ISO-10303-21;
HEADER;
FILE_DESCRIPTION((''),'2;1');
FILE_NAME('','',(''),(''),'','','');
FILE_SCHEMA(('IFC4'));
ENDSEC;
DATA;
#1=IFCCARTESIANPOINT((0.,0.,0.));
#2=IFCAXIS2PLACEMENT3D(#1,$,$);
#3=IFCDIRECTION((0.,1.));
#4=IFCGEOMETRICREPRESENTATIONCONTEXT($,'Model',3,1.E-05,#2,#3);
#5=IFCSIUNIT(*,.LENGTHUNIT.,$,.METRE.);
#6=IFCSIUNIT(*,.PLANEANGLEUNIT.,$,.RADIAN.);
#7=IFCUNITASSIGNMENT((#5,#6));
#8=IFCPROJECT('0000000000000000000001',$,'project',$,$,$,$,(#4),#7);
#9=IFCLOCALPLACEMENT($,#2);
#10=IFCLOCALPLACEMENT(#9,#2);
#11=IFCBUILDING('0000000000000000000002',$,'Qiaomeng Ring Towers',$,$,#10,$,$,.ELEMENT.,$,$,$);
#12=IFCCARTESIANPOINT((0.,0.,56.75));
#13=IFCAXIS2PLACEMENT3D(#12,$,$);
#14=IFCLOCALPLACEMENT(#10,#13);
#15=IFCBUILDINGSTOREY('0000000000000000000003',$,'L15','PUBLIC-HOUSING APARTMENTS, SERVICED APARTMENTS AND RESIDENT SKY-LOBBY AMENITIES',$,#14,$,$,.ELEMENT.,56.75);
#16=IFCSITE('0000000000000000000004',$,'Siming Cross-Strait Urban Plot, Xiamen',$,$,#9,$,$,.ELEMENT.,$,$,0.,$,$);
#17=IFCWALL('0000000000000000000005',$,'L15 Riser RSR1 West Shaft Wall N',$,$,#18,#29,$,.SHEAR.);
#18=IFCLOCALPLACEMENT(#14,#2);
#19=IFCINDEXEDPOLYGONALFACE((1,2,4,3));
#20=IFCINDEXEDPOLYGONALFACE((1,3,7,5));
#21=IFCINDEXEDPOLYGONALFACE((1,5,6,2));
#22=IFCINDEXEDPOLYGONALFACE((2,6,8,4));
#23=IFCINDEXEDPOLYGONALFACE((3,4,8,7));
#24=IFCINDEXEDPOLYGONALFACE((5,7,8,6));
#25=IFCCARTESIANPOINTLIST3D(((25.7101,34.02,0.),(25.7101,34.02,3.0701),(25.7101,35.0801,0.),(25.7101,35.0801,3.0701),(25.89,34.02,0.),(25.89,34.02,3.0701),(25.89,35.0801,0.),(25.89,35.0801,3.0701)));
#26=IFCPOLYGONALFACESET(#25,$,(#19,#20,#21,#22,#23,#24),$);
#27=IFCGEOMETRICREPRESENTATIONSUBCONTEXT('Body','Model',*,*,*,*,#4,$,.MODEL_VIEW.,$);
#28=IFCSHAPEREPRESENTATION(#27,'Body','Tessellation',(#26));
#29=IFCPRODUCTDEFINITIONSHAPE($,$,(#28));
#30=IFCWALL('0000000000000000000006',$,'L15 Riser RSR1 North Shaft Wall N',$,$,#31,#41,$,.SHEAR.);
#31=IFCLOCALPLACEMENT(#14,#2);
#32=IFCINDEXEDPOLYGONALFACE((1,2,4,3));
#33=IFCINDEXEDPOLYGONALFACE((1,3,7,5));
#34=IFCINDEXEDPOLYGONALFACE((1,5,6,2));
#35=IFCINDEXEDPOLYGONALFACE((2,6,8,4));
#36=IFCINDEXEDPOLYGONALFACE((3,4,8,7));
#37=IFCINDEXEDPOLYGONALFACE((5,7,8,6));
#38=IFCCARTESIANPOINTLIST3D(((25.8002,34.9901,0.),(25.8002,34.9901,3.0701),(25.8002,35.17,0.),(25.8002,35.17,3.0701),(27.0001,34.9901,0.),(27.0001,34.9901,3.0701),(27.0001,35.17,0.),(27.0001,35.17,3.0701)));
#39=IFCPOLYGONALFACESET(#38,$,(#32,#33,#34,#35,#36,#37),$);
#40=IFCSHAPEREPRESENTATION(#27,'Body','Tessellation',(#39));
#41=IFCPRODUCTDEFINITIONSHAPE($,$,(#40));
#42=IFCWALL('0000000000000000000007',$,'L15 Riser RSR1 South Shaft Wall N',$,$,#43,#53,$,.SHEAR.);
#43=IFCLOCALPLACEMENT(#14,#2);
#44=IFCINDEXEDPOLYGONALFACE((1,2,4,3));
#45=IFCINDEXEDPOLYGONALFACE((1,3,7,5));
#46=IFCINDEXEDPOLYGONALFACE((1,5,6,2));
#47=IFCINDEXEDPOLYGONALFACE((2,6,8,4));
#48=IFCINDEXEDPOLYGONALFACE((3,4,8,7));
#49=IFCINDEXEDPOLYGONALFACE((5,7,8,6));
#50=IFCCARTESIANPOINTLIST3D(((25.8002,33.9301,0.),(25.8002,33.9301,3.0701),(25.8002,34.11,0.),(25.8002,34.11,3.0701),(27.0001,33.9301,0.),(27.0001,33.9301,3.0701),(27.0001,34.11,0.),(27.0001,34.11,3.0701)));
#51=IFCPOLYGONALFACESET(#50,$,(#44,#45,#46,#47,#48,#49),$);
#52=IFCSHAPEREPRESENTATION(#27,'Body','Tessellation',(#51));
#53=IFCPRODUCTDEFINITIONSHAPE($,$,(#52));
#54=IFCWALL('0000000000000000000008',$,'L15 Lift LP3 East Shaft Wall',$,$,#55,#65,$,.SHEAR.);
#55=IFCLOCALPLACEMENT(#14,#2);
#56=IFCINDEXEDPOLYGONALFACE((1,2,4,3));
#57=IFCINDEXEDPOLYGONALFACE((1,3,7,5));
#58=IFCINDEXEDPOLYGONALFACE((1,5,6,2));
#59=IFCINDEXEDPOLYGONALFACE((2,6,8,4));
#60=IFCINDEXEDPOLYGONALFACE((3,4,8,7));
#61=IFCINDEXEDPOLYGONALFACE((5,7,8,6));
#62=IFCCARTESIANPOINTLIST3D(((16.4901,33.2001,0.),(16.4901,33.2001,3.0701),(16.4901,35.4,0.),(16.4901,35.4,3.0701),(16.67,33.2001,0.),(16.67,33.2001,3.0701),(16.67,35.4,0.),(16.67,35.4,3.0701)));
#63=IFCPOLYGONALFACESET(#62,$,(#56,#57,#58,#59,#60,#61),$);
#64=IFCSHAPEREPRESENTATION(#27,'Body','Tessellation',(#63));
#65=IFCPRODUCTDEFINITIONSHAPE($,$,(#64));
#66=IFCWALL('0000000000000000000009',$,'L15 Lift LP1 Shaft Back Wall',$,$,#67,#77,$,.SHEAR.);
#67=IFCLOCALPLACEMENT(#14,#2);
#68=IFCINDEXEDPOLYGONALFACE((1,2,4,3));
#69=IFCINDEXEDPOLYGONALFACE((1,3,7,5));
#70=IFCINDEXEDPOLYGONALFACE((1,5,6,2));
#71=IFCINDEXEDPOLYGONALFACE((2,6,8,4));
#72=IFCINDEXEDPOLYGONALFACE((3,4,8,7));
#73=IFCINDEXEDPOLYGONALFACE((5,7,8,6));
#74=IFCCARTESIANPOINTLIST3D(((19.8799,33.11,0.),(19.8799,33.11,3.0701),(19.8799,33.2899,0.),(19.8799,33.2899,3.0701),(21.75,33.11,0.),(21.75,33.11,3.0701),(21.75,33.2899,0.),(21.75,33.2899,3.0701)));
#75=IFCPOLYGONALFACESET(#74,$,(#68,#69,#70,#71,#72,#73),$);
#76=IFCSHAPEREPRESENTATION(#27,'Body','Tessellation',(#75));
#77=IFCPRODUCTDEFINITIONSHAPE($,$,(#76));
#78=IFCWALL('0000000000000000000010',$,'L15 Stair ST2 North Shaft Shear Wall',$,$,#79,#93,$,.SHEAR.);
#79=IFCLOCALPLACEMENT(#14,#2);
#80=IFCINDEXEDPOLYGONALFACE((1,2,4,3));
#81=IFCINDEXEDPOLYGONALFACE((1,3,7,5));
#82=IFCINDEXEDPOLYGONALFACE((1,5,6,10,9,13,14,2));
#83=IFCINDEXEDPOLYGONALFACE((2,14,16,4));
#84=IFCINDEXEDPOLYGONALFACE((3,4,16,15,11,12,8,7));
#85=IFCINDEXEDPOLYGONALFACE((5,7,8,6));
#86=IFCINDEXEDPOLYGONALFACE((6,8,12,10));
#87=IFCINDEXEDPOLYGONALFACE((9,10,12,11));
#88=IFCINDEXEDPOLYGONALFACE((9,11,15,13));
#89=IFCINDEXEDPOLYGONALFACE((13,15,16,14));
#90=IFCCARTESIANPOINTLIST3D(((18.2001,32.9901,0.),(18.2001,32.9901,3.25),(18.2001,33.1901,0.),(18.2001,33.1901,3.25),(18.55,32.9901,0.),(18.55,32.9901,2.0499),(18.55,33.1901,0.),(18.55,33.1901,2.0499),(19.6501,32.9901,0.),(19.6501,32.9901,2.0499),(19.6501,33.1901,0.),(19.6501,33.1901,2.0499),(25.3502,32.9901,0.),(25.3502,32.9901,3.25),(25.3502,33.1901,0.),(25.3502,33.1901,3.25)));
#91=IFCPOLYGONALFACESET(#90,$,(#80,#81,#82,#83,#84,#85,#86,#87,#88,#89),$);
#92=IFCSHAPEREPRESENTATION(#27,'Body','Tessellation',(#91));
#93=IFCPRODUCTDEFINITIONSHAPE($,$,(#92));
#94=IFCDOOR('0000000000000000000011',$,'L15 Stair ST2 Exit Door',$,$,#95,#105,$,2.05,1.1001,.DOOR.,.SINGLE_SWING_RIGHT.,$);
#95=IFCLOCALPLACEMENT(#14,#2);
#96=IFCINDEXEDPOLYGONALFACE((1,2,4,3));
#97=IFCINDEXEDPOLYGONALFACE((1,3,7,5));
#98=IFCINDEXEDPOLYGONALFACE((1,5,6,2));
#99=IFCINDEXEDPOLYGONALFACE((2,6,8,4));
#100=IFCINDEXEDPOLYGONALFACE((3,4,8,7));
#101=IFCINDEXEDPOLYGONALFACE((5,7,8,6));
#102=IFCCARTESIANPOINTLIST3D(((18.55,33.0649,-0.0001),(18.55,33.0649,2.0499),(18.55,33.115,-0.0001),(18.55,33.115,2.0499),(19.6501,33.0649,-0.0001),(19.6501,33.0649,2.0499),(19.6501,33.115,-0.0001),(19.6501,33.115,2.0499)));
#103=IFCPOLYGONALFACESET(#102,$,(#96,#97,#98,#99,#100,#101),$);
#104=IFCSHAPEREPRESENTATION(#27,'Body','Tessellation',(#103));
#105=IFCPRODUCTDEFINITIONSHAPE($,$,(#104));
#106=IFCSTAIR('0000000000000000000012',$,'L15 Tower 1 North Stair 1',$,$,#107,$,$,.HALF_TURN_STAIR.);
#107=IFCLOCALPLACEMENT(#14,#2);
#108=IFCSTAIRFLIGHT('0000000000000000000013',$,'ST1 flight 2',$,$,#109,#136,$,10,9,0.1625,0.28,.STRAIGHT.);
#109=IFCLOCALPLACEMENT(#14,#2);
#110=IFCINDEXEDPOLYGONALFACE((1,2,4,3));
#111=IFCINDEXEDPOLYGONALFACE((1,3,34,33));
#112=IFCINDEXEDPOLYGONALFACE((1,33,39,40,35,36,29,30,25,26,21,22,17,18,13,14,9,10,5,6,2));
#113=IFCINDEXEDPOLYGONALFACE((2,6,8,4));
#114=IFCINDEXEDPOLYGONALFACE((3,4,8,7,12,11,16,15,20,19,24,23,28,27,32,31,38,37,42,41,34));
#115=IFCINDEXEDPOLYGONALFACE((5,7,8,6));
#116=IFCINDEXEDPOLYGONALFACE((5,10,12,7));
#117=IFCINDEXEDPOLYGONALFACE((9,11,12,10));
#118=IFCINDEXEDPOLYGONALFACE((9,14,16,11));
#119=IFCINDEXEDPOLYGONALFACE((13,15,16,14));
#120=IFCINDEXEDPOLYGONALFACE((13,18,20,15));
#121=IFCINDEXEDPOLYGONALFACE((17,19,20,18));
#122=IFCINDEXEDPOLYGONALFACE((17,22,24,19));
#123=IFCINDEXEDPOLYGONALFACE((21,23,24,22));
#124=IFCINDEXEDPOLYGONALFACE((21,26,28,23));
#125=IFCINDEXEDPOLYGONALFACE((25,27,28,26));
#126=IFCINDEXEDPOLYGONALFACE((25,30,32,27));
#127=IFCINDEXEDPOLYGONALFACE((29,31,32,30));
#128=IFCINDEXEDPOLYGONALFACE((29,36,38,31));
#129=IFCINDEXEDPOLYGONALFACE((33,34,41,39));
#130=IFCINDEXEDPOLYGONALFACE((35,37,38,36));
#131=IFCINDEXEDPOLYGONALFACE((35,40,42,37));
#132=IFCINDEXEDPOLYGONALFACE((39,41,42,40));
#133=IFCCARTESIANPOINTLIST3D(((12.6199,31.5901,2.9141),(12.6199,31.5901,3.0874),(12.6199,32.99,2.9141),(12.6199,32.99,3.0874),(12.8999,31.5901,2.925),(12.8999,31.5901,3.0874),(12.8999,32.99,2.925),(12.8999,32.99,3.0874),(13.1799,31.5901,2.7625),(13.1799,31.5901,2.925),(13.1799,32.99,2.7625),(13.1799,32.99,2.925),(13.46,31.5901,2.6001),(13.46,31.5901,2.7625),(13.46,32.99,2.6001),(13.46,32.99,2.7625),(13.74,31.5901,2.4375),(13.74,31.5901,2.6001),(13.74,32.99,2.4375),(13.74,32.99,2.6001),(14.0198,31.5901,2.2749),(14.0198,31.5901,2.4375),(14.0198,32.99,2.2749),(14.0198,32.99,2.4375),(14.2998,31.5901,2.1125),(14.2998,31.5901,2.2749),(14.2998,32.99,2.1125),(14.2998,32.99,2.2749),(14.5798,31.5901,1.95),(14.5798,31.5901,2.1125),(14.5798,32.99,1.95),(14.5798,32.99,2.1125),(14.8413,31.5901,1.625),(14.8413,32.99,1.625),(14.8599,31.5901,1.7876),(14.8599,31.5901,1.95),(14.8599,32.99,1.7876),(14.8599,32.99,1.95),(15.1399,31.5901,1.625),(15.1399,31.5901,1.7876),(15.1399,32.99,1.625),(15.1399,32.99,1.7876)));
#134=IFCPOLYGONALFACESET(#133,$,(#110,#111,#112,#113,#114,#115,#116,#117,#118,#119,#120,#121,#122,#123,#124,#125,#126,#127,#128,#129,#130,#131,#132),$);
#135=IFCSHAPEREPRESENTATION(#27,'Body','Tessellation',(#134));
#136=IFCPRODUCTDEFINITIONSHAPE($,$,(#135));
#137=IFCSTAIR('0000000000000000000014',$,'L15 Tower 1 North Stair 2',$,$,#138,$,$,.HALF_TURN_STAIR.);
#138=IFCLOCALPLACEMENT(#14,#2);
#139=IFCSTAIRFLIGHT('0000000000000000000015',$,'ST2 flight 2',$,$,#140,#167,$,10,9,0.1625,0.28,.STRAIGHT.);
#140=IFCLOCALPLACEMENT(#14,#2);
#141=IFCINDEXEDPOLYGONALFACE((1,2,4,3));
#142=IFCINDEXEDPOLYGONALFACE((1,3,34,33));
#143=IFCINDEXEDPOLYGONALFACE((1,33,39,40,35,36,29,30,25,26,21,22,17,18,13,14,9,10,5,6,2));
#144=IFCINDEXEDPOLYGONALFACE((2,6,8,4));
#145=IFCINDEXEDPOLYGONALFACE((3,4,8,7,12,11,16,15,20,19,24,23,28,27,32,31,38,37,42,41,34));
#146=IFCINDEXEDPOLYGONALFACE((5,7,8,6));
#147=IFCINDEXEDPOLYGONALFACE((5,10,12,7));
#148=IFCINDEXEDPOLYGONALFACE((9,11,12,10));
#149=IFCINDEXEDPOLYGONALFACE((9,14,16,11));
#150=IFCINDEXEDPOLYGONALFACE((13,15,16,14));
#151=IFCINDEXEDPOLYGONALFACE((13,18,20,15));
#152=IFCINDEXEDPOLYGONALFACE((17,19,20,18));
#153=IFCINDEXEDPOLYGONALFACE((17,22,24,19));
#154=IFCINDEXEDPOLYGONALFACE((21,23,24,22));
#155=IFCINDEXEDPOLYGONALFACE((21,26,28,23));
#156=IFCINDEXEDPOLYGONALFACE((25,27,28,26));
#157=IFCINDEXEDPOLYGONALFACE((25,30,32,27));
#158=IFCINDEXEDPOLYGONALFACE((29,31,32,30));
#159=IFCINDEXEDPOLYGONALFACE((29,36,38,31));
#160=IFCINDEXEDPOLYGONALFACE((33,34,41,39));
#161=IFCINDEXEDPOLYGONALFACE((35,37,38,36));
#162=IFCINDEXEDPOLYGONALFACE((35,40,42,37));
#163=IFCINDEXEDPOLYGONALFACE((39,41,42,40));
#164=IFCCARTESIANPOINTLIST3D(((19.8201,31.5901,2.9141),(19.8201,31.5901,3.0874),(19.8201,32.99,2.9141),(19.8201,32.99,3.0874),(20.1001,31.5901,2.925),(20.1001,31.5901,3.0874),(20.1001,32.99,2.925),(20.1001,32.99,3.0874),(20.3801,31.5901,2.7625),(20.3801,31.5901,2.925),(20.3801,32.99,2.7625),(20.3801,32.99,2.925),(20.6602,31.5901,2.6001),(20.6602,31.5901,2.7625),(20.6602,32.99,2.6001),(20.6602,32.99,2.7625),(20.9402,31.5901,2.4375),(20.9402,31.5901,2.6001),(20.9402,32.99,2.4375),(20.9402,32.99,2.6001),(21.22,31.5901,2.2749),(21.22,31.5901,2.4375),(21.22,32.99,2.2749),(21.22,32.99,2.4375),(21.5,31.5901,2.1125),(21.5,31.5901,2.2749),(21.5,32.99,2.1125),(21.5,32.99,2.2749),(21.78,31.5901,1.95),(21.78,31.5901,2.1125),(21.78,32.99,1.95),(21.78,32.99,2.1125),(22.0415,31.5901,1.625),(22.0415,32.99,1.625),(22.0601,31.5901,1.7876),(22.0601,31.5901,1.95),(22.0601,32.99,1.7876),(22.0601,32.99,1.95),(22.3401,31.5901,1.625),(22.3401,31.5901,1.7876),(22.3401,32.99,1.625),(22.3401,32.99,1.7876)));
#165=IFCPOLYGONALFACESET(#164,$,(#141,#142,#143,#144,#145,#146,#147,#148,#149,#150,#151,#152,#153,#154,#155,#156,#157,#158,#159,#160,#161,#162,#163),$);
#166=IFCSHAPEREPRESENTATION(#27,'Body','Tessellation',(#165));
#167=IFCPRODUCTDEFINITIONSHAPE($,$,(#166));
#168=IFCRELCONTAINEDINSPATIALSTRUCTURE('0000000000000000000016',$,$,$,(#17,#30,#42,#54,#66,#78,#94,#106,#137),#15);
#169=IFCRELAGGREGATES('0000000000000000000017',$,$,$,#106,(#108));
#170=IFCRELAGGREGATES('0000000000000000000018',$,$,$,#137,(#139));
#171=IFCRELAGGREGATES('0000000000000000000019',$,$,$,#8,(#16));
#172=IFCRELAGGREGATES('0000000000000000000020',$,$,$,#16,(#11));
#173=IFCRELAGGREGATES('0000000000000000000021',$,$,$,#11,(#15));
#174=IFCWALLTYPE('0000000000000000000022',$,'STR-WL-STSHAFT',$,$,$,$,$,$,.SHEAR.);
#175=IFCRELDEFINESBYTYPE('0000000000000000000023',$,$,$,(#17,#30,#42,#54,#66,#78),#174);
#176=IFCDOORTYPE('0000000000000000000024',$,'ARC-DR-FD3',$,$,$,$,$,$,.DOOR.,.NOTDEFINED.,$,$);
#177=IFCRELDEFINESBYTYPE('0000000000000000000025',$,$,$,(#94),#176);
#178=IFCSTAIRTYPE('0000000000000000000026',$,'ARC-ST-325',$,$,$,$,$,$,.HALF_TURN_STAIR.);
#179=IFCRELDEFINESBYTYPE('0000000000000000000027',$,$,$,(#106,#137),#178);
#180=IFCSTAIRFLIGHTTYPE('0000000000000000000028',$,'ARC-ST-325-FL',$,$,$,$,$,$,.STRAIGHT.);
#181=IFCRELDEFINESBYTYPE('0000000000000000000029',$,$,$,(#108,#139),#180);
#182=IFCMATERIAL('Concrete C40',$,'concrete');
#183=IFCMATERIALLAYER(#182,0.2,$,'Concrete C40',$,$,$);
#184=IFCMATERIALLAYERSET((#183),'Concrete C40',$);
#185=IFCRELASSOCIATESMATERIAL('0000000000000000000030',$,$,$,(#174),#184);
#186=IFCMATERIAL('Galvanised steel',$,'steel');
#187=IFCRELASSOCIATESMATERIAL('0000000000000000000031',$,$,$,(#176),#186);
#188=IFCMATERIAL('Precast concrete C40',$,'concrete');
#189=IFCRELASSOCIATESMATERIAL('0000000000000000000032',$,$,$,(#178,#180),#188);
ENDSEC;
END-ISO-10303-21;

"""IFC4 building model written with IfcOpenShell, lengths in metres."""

from ifc_helpers import new_model, si_unit, direction, frame, frame_2d, origin, place, context, subcontext, project, spatial, polyline, rectangle, outline, extrude, source, transform, mapped, material, layer, layer_set, type_object, element, fill, aggregate, save


model = new_model("IFC4")

# Units and contexts
model_context = context("Model", 3, precision=1e-05, world=origin(), true_north=direction((0.0, 1.0)))
body_context = subcontext(model_context, "Body", "Model", "MODEL_VIEW")
ifc_project = project(units=[si_unit("LENGTHUNIT", "METRE"), si_unit("PLANEANGLEUNIT", "RADIAN")], contexts=[model_context])

# Site, building, storey
site_placement = place(None, origin())
site = spatial("IfcSite", under=ifc_project, at=site_placement, Name="Siming Cross-Strait Urban Plot, Xiamen", CompositionType="ELEMENT", RefElevation=0.0)
building_placement = place(site_placement, origin())
building = spatial("IfcBuilding", under=site, at=building_placement, Name="Qiaomeng Ring Towers", CompositionType="ELEMENT")
storey_placement = place(building_placement, frame((0.0, 0.0, 56.75)))
storey = spatial("IfcBuildingStorey", under=building, at=storey_placement, Name="L15", Description="PUBLIC-HOUSING APARTMENTS, SERVICED APARTMENTS AND RESIDENT SKY-LOBBY AMENITIES", CompositionType="ELEMENT", Elevation=56.75)

# Walls
ifc_material_1 = material(Name="Concrete C40", Category="concrete")
ifc_layer_1 = layer(ifc_material_1, 0.2, Name="Concrete C40")
ifc_layer_set_1 = layer_set([ifc_layer_1], Name="Concrete C40")
wall_type_1 = type_object("IfcWallType", Name="STR-WL-STSHAFT", PredefinedType="SHEAR", material=ifc_layer_set_1)
wall_1_placement = place(storey_placement, frame((25.8, 34.02, 0.0), z_axis=(0.0, 0.0, 1.0), x_axis=(0.0, 1.0, 0.0)))
element("IfcWall", 1, at=wall_1_placement, inside=storey, type_object=wall_type_1, Name="L15 Riser RSR1 West Shaft Wall N", PredefinedType="SHEAR", context=body_context, shape_type="SweptSolid", body=[
    extrude(rectangle(XDim=1.0601, YDim=0.1799, at=frame_2d((0.53, 0.0))), origin(), (0.0, 0.0, 1.0), 3.0701),
])
for number, where, z_axis, x_axis, name in (
    (2, (25.8, 35.0801, 0.0), (0.0, 0.0, 1.0), (1.0, 0.0, 0.0), "L15 Riser RSR1 North Shaft Wall N"),
    (3, (25.8, 34.02, 0.0), (0.0, 0.0, 1.0), (1.0, 0.0, 0.0), "L15 Riser RSR1 South Shaft Wall N"),
):
    element("IfcWall", number, at=place(storey_placement, frame(where, z_axis=z_axis, x_axis=x_axis)), inside=storey, type_object=wall_type_1, Name=name, PredefinedType="SHEAR", context=body_context, shape_type="SweptSolid", body=[
        extrude(rectangle(XDim=1.2, YDim=0.1799, at=frame_2d((0.6001, 0.0))), origin(), (0.0, 0.0, 1.0), 3.0701),
    ])
wall_2_placement = place(storey_placement, frame((16.5801, 33.2, 0.0), z_axis=(0.0, 0.0, 1.0), x_axis=(0.0, 1.0, 0.0)))
element("IfcWall", 4, at=wall_2_placement, inside=storey, type_object=wall_type_1, Name="L15 Lift LP3 East Shaft Wall", PredefinedType="SHEAR", context=body_context, shape_type="SweptSolid", body=[
    extrude(rectangle(XDim=2.2, YDim=0.1799, at=frame_2d((1.1001, 0.0))), origin(), (0.0, 0.0, 1.0), 3.0701),
])
wall_3_placement = place(storey_placement, frame((19.8799, 33.2, 0.0), z_axis=(0.0, 0.0, 1.0), x_axis=(1.0, 0.0, 0.0)))
element("IfcWall", 5, at=wall_3_placement, inside=storey, type_object=wall_type_1, Name="L15 Lift LP1 Shaft Back Wall", PredefinedType="SHEAR", context=body_context, shape_type="SweptSolid", body=[
    extrude(rectangle(XDim=1.8701, YDim=0.1799, at=frame_2d((0.9351, 0.0))), origin(), (0.0, 0.0, 1.0), 3.0701),
])

# Wall, opening, door
wall_4_placement = place(storey_placement, frame((18.2, 33.0901, 0.0), z_axis=(0.0, 0.0, 1.0), x_axis=(1.0, 0.0, 0.0)))
wall_4 = element("IfcWall", 6, at=wall_4_placement, inside=storey, type_object=wall_type_1, Name="L15 Stair ST2 North Shaft Shear Wall", PredefinedType="SHEAR", context=body_context, shape_type="SweptSolid", body=[
    extrude(rectangle(XDim=7.1501, YDim=0.2, at=frame_2d((3.5752, 0.0))), origin(), (0.0, 0.0, 1.0), 3.25),
])
opening_placement = place(wall_4_placement, frame((0.3501, 0.0, 0.0)))
opening = element("IfcOpeningElement", 7, at=opening_placement, cuts=wall_4, PredefinedType="OPENING", context=body_context, shape_type="SweptSolid", body=[
    extrude(rectangle(XDim=1.1001, YDim=2.05, at=frame_2d((0.55, 1.0249))), frame((0.0, 0.1099, 0.0), z_axis=(0.0, -1.0, 0.0), x_axis=(1.0, 0.0, 0.0)), (0.0, 0.0, 1.0), 0.22),
])
ifc_material_2 = material(Name="Galvanised steel", Category="steel")
door_type = type_object("IfcDoorType", Name="ARC-DR-FD3", OperationType="NOTDEFINED", PredefinedType="DOOR", material=ifc_material_2)
shared_shape_1 = source(origin(), body_context, "Body", "SweptSolid", [
    extrude(rectangle(XDim=1.1001, YDim=2.05, at=frame_2d((0.55, 1.0249))), frame((0.0, 0.0249, 0.0), z_axis=(0.0, -1.0, 0.0), x_axis=(1.0, 0.0, 0.0)), (0.0, 0.0, 1.0), 0.05),
])
door_placement = place(opening_placement, origin())
door = element("IfcDoor", 8, at=door_placement, inside=storey, type_object=door_type, Name="L15 Stair ST2 Exit Door", OperationType="SINGLE_SWING_RIGHT", OverallHeight=2.05, OverallWidth=1.1001, PredefinedType="DOOR", context=body_context, shape_type="MappedRepresentation", body=[
    mapped(shared_shape_1, transform((0.0, 0.0, 0.0), x_axis=(1.0, 0.0, 0.0), y_axis=(0.0, 1.0, 0.0), z_axis=(0.0, 0.0, 1.0), scale=1.0)),
])
fill(opening, door)

# Stairs, stair flights
ifc_material_3 = material(Name="Precast concrete C40", Category="concrete")
stair_type = type_object("IfcStairType", Name="ARC-ST-325", PredefinedType="HALF_TURN_STAIR", material=ifc_material_3)
stair_1_placement = place(storey_placement, origin())
stair_1 = element("IfcStair", 9, at=stair_1_placement, inside=storey, type_object=stair_type, Name="L15 Tower 1 North Stair 1", PredefinedType="HALF_TURN_STAIR")
stair_flight_type = type_object("IfcStairFlightType", Name="ARC-ST-325-FL", PredefinedType="STRAIGHT", material=ifc_material_3)
shared_shape_2 = source(origin(), body_context, "Body", "SweptSolid", [
    extrude(outline(polyline([(0.0, 0.0), (0.0, 0.1626), (0.28, 0.1626), (0.28, 0.325), (0.5601, 0.325), (0.5601, 0.4875), (0.8401, 0.4875), (0.8401, 0.6499), (1.1201, 0.6499), (1.1201, 0.8125), (1.3999, 0.8125), (1.3999, 0.9751), (1.6799, 0.9751), (1.6799, 1.1375), (1.96, 1.1375), (1.96, 1.3), (2.24, 1.3), (2.24, 1.4624), (2.52, 1.4624), (2.52, 1.625), (2.52, 1.2891), (0.2986, 0.0), (0.0, 0.0)])), frame((0.0, 0.7, 0.0), z_axis=(0.0, -1.0, 0.0), x_axis=(1.0, 0.0, 0.0)), (0.0, 0.0, 1.0), 1.3999),
])
stair_flight_1_placement = place(storey_placement, frame((15.1399, 32.29, 1.625), z_axis=(0.0, 0.0, 1.0), x_axis=(-1.0, 0.0, 0.0)))
stair_flight_1 = element("IfcStairFlight", 10, at=stair_flight_1_placement, type_object=stair_flight_type, Name="ST1 flight 2", NumberOfRisers=10, NumberOfTreads=9, PredefinedType="STRAIGHT", RiserHeight=0.1625, TreadLength=0.28, context=body_context, shape_type="MappedRepresentation", body=[
    mapped(shared_shape_2, transform((0.0, 0.0, 0.0), x_axis=(1.0, 0.0, 0.0), y_axis=(0.0, 1.0, 0.0), z_axis=(0.0, 0.0, 1.0), scale=1.0)),
])
aggregate(stair_1, [stair_flight_1])
stair_2_placement = place(storey_placement, origin())
stair_2 = element("IfcStair", 11, at=stair_2_placement, inside=storey, type_object=stair_type, Name="L15 Tower 1 North Stair 2", PredefinedType="HALF_TURN_STAIR")
stair_flight_2_placement = place(storey_placement, frame((22.3401, 32.29, 1.625), z_axis=(0.0, 0.0, 1.0), x_axis=(-1.0, 0.0, 0.0)))
stair_flight_2 = element("IfcStairFlight", 12, at=stair_flight_2_placement, type_object=stair_flight_type, Name="ST2 flight 2", NumberOfRisers=10, NumberOfTreads=9, PredefinedType="STRAIGHT", RiserHeight=0.1625, TreadLength=0.28, context=body_context, shape_type="MappedRepresentation", body=[
    mapped(shared_shape_2, transform((0.0, 0.0, 0.0), x_axis=(1.0, 0.0, 0.0), y_axis=(0.0, 1.0, 0.0), z_axis=(0.0, 0.0, 1.0), scale=1.0)),
])
aggregate(stair_2, [stair_flight_2])

save(model, "model.ifc")
